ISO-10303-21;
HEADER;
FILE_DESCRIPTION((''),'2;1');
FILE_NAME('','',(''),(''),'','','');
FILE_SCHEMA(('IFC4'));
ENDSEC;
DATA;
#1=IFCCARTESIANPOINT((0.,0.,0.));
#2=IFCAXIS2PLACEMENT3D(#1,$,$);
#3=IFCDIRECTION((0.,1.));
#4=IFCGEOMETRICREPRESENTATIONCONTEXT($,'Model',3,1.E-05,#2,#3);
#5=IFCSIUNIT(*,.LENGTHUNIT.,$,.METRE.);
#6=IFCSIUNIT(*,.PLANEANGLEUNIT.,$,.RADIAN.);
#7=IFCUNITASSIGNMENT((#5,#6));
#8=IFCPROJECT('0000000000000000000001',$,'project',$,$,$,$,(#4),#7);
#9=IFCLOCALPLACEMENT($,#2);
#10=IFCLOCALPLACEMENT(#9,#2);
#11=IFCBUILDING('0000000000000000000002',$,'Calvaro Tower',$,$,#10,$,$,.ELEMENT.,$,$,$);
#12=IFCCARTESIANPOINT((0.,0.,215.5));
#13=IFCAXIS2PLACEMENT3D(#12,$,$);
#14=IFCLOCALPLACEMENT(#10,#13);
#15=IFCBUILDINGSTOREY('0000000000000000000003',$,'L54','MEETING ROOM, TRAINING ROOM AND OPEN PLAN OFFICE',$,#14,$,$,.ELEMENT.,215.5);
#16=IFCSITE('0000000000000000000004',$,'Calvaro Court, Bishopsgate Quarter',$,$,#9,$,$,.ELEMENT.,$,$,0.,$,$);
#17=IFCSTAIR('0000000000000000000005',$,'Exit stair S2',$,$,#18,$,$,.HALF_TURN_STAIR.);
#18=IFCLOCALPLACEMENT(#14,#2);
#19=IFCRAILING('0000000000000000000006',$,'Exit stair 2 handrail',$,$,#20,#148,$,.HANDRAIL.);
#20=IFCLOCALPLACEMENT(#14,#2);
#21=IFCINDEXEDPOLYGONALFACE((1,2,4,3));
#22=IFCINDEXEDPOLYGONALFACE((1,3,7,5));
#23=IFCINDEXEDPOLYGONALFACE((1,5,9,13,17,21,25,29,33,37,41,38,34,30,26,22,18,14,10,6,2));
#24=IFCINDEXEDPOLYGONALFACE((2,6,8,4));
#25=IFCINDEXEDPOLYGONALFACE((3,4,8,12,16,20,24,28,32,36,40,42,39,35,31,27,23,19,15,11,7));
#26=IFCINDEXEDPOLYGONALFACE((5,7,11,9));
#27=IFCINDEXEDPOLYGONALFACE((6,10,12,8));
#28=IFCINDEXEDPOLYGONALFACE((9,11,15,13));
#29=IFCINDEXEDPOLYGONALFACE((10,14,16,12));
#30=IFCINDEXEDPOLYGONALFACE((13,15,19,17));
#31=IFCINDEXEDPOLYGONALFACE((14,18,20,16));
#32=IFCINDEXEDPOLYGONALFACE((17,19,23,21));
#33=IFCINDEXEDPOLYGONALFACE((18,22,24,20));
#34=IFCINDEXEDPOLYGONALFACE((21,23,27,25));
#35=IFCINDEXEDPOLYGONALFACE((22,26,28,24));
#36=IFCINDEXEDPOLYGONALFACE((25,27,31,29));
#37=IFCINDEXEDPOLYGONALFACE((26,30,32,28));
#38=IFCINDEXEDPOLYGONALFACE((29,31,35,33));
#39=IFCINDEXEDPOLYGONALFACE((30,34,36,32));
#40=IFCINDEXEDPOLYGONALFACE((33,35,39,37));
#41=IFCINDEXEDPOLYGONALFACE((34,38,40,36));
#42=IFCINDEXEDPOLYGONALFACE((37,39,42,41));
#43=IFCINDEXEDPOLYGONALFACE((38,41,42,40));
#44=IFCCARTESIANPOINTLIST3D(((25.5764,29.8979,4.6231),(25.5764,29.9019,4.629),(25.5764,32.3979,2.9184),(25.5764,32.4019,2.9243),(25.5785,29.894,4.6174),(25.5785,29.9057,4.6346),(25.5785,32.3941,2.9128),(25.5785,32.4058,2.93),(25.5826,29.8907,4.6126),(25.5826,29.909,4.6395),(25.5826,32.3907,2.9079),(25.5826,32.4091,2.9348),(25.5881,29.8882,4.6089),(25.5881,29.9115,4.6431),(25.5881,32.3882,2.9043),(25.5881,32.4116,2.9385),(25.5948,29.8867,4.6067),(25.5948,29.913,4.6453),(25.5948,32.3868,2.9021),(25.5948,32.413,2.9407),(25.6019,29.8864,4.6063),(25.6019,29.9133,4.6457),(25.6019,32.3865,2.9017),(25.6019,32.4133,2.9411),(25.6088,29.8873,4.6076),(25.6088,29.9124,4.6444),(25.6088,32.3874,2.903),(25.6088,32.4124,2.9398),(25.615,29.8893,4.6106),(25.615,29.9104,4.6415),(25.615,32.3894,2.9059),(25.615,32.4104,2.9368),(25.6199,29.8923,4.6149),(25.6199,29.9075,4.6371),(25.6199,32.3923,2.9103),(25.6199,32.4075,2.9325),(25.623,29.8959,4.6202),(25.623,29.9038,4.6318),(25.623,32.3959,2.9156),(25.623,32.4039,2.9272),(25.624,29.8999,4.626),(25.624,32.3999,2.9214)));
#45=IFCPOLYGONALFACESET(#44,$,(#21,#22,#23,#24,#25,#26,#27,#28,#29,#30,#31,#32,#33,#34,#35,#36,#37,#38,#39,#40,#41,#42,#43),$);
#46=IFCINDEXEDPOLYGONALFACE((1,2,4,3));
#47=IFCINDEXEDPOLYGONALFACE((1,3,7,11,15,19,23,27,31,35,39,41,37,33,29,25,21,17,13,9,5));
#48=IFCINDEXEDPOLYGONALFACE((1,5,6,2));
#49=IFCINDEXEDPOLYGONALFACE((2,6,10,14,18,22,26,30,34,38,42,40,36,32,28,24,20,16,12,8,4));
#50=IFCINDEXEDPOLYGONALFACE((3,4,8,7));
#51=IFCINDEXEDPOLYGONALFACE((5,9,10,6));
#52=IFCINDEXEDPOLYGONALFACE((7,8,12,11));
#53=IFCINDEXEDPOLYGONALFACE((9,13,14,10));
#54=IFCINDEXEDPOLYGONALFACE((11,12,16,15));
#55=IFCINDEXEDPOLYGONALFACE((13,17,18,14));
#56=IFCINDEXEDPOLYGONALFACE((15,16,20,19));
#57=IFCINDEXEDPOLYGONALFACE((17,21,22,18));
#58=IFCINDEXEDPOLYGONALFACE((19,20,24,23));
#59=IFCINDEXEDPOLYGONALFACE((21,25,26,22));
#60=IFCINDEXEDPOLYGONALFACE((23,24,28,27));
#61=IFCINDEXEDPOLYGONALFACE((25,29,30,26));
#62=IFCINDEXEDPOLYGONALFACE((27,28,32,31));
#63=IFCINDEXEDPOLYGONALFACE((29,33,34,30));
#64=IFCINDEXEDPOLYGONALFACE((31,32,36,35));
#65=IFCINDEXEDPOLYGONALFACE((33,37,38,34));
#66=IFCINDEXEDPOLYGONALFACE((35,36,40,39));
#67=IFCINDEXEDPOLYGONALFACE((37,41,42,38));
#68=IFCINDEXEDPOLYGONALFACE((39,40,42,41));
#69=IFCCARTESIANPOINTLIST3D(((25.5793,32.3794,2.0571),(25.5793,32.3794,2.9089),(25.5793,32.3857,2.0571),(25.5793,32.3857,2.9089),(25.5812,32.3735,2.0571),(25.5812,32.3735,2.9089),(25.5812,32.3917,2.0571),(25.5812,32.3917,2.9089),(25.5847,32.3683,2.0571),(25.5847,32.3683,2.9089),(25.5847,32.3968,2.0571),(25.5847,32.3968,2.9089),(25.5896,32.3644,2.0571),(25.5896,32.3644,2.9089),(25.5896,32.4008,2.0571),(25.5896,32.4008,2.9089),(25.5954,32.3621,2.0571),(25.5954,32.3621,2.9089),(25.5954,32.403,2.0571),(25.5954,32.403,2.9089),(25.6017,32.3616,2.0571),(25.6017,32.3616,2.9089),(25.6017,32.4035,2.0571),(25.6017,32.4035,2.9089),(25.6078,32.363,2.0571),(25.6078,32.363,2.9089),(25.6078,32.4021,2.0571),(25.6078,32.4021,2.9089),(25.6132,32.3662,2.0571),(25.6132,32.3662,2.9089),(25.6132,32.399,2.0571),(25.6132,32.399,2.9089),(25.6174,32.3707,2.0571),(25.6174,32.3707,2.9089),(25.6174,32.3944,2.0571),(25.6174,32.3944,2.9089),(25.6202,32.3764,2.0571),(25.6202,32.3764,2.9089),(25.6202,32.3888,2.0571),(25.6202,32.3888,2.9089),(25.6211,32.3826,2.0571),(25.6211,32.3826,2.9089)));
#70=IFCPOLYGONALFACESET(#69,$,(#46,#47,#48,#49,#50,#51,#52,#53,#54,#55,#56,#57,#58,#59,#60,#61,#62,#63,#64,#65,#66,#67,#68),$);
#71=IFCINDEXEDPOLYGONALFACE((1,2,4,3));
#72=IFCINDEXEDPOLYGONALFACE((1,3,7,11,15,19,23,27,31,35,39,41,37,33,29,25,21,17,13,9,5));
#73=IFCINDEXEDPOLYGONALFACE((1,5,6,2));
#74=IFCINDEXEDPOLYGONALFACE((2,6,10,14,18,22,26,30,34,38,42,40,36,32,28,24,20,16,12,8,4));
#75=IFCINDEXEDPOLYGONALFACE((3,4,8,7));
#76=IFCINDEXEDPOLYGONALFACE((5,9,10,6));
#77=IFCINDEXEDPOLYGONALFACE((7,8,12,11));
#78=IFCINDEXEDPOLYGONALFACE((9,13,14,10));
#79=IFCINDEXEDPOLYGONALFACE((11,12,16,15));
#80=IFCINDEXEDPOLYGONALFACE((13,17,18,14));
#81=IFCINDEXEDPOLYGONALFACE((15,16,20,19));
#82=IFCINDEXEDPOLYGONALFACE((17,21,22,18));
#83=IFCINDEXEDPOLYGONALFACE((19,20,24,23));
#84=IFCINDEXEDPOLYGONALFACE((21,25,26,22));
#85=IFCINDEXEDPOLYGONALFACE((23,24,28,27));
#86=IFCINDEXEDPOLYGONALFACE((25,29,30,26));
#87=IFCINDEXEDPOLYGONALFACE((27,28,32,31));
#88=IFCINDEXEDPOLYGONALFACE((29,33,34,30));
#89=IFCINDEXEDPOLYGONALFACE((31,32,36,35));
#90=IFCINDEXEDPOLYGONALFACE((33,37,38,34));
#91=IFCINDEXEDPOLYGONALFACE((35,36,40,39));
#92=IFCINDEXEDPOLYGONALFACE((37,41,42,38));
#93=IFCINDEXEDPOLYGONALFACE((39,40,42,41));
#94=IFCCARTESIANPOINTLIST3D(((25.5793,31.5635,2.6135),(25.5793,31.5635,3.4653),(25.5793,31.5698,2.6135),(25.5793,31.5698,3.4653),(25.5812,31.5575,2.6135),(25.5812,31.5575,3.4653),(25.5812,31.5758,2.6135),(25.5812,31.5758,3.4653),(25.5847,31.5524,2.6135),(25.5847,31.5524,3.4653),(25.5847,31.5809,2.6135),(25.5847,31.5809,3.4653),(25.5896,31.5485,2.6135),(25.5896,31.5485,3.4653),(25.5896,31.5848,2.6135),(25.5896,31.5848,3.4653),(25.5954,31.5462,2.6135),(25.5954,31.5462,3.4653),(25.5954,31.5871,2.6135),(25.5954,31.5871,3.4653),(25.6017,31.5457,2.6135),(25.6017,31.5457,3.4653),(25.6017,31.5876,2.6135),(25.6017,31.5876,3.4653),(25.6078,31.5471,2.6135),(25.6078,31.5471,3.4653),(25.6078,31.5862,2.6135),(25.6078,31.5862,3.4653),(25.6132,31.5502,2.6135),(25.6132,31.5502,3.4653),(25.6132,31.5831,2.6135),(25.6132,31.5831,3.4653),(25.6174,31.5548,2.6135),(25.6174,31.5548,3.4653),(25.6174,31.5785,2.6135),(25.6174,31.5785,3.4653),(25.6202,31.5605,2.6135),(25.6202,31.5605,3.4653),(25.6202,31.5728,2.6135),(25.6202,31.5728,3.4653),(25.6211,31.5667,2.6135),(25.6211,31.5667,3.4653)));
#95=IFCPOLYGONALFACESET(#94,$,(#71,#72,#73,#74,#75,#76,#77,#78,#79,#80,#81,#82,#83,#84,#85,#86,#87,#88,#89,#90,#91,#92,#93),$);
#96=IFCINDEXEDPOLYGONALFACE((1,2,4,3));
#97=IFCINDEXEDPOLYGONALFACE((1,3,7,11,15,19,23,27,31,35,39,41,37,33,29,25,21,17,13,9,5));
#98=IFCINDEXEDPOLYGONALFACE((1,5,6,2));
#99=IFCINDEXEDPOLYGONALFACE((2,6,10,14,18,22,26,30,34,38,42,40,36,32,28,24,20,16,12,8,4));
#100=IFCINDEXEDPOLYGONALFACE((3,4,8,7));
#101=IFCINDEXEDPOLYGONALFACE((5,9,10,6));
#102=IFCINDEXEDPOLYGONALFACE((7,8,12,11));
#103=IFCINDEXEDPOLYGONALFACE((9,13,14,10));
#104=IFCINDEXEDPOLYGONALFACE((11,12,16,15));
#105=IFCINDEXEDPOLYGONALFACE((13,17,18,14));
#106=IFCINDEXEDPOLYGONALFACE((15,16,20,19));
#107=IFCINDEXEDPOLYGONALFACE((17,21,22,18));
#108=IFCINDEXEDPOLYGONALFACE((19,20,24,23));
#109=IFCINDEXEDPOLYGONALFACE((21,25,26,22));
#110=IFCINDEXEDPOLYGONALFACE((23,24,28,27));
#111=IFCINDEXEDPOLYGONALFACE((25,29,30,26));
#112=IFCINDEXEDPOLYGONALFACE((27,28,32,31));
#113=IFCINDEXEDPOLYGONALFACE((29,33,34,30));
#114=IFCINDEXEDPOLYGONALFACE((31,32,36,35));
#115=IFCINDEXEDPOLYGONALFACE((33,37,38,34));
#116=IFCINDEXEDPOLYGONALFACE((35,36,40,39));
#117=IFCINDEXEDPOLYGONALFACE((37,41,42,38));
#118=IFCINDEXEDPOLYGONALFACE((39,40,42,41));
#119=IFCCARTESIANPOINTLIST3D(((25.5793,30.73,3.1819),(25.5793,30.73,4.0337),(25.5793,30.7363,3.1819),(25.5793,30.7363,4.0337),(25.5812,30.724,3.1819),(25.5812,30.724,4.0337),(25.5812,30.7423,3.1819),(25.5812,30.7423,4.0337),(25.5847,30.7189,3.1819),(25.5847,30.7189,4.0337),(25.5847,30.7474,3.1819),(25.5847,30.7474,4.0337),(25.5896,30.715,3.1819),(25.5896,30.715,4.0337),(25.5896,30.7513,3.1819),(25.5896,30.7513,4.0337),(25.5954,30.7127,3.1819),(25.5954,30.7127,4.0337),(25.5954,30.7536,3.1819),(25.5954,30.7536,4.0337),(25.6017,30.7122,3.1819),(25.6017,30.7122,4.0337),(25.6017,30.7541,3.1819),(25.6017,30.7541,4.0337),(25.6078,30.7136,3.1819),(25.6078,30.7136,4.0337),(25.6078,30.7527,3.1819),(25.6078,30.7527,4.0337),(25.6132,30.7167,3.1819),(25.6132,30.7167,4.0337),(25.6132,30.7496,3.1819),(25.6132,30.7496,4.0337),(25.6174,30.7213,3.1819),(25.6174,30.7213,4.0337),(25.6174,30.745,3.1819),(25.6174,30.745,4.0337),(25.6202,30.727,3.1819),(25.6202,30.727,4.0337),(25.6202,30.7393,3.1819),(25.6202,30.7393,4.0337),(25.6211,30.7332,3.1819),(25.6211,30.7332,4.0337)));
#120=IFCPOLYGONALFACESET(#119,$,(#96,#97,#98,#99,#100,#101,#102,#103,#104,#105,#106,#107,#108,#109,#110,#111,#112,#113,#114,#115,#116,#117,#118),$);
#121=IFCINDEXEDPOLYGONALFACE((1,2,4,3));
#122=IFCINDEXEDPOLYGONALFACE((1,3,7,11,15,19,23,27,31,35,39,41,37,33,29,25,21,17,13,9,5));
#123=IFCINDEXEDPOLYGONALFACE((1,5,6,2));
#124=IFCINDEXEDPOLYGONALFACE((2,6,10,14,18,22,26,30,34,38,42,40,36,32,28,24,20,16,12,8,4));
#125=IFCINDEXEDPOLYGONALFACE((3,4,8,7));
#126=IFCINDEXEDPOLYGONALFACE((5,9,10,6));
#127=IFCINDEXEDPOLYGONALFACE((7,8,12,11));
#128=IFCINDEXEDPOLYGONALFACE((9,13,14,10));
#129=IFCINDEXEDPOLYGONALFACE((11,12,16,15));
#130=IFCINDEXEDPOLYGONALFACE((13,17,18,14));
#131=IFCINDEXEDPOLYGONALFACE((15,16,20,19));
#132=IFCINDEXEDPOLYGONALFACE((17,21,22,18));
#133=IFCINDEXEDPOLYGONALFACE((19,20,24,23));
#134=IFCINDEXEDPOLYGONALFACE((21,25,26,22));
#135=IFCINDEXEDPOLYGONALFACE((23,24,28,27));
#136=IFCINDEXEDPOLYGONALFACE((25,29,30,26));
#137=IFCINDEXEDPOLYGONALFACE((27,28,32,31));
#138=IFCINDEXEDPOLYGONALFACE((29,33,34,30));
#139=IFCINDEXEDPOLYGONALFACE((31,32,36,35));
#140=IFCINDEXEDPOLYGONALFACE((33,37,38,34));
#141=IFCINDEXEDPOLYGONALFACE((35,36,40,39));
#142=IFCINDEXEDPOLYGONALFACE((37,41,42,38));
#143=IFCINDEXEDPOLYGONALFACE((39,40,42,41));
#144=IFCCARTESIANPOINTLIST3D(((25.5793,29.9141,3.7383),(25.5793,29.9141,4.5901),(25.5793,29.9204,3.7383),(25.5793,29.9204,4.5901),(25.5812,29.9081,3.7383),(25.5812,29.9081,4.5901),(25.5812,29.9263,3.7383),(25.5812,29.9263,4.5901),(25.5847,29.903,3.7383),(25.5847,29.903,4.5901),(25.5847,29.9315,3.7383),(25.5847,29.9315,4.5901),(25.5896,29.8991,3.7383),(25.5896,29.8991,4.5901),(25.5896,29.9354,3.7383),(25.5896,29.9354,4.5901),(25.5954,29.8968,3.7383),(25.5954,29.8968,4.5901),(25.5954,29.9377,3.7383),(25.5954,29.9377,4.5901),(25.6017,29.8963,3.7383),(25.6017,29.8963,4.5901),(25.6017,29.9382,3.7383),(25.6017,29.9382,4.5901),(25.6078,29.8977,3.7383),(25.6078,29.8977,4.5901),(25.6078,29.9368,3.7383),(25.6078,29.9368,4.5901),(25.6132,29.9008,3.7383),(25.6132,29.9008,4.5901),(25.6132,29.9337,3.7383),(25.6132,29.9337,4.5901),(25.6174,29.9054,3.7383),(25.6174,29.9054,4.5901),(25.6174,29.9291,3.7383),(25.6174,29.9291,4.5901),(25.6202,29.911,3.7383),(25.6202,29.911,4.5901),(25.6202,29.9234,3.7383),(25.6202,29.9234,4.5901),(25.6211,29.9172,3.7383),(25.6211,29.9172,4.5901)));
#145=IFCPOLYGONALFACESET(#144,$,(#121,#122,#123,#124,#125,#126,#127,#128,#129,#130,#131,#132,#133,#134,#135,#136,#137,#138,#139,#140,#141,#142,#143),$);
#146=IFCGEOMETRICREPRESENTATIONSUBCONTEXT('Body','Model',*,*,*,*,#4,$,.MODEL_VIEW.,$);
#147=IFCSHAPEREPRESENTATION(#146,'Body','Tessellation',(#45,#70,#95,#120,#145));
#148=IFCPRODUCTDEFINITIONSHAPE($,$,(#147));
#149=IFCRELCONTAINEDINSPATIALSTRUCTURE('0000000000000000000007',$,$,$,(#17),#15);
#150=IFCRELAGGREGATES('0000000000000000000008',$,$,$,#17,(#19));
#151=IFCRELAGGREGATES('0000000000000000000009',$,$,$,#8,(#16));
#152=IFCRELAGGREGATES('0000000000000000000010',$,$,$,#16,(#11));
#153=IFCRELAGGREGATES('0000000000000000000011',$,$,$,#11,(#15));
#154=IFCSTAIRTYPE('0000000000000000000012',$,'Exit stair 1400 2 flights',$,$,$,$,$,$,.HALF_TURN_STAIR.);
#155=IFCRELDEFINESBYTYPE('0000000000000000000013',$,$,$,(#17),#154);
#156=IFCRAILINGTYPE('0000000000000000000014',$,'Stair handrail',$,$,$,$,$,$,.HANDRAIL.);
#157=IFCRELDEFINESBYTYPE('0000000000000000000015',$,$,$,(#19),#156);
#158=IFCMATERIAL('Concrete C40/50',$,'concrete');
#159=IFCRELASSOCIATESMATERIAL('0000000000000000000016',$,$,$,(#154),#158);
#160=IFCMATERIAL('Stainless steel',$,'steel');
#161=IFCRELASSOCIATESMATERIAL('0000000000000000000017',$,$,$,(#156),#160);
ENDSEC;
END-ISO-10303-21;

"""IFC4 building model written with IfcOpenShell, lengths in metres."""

from ifc_helpers import new_model, si_unit, direction, frame, origin, origin_2d, place, context, subcontext, project, spatial, circle, extrude, material, type_object, element, aggregate, save


model = new_model("IFC4")

# Units and contexts
model_context = context("Model", 3, precision=1e-05, world=origin(), true_north=direction((0.0, 1.0)))
body_context = subcontext(model_context, "Body", "Model", "MODEL_VIEW")
ifc_project = project(units=[si_unit("LENGTHUNIT", "METRE"), si_unit("PLANEANGLEUNIT", "RADIAN")], contexts=[model_context])

# Site, building, storey
site_placement = place(None, origin())
site = spatial("IfcSite", under=ifc_project, at=site_placement, Name="Calvaro Court, Bishopsgate Quarter", CompositionType="ELEMENT", RefElevation=0.0)
building_placement = place(site_placement, origin())
building = spatial("IfcBuilding", under=site, at=building_placement, Name="Calvaro Tower", CompositionType="ELEMENT")
storey_placement = place(building_placement, frame((0.0, 0.0, 215.5)))
storey = spatial("IfcBuildingStorey", under=building, at=storey_placement, Name="L54", Description="MEETING ROOM, TRAINING ROOM AND OPEN PLAN OFFICE", CompositionType="ELEMENT", Elevation=215.5)

# Stair, railing
ifc_material_1 = material(Name="Concrete C40/50", Category="concrete")
stair_type = type_object("IfcStairType", Name="Exit stair 1400 2 flights", PredefinedType="HALF_TURN_STAIR", material=ifc_material_1)
stair_placement = place(storey_placement, origin())
stair = element("IfcStair", 1, at=stair_placement, inside=storey, type_object=stair_type, Name="Exit stair S2", PredefinedType="HALF_TURN_STAIR")
ifc_material_2 = material(Name="Stainless steel", Category="steel")
railing_type = type_object("IfcRailingType", Name="Stair handrail", PredefinedType="HANDRAIL", material=ifc_material_2)
railing_1_placement = place(storey_placement, frame((25.6001, 32.3999, 2.0454)))
railing_1 = element("IfcRailing", 2, at=railing_1_placement, type_object=railing_type, Name="Exit stair 2 handrail", PredefinedType="HANDRAIL", context=body_context, shape_type="SweptSolid", body=[
    extrude(circle(Radius=0.0239, at=origin_2d()), frame((0.0, 0.0, 0.876), z_axis=(0.0, -0.826221, 0.563347), x_axis=(1.0, 0.0, 0.0)), (0.0, 0.0, 1.0), 3.0259),
    extrude(circle(Radius=0.021, at=origin_2d()), frame((0.0, -0.0173, 0.0117)), (0.0, 0.0, 1.0), 0.8518),
    extrude(circle(Radius=0.021, at=origin_2d()), frame((0.0, -0.8333, 0.5681)), (0.0, 0.0, 1.0), 0.8518),
    extrude(circle(Radius=0.021, at=origin_2d()), frame((0.0, -1.6667, 1.1365)), (0.0, 0.0, 1.0), 0.8518),
    extrude(circle(Radius=0.021, at=origin_2d()), frame((0.0, -2.4827, 1.6929)), (0.0, 0.0, 1.0), 0.8518),
])
aggregate(stair, [railing_1])

save(model, "model.ifc")
